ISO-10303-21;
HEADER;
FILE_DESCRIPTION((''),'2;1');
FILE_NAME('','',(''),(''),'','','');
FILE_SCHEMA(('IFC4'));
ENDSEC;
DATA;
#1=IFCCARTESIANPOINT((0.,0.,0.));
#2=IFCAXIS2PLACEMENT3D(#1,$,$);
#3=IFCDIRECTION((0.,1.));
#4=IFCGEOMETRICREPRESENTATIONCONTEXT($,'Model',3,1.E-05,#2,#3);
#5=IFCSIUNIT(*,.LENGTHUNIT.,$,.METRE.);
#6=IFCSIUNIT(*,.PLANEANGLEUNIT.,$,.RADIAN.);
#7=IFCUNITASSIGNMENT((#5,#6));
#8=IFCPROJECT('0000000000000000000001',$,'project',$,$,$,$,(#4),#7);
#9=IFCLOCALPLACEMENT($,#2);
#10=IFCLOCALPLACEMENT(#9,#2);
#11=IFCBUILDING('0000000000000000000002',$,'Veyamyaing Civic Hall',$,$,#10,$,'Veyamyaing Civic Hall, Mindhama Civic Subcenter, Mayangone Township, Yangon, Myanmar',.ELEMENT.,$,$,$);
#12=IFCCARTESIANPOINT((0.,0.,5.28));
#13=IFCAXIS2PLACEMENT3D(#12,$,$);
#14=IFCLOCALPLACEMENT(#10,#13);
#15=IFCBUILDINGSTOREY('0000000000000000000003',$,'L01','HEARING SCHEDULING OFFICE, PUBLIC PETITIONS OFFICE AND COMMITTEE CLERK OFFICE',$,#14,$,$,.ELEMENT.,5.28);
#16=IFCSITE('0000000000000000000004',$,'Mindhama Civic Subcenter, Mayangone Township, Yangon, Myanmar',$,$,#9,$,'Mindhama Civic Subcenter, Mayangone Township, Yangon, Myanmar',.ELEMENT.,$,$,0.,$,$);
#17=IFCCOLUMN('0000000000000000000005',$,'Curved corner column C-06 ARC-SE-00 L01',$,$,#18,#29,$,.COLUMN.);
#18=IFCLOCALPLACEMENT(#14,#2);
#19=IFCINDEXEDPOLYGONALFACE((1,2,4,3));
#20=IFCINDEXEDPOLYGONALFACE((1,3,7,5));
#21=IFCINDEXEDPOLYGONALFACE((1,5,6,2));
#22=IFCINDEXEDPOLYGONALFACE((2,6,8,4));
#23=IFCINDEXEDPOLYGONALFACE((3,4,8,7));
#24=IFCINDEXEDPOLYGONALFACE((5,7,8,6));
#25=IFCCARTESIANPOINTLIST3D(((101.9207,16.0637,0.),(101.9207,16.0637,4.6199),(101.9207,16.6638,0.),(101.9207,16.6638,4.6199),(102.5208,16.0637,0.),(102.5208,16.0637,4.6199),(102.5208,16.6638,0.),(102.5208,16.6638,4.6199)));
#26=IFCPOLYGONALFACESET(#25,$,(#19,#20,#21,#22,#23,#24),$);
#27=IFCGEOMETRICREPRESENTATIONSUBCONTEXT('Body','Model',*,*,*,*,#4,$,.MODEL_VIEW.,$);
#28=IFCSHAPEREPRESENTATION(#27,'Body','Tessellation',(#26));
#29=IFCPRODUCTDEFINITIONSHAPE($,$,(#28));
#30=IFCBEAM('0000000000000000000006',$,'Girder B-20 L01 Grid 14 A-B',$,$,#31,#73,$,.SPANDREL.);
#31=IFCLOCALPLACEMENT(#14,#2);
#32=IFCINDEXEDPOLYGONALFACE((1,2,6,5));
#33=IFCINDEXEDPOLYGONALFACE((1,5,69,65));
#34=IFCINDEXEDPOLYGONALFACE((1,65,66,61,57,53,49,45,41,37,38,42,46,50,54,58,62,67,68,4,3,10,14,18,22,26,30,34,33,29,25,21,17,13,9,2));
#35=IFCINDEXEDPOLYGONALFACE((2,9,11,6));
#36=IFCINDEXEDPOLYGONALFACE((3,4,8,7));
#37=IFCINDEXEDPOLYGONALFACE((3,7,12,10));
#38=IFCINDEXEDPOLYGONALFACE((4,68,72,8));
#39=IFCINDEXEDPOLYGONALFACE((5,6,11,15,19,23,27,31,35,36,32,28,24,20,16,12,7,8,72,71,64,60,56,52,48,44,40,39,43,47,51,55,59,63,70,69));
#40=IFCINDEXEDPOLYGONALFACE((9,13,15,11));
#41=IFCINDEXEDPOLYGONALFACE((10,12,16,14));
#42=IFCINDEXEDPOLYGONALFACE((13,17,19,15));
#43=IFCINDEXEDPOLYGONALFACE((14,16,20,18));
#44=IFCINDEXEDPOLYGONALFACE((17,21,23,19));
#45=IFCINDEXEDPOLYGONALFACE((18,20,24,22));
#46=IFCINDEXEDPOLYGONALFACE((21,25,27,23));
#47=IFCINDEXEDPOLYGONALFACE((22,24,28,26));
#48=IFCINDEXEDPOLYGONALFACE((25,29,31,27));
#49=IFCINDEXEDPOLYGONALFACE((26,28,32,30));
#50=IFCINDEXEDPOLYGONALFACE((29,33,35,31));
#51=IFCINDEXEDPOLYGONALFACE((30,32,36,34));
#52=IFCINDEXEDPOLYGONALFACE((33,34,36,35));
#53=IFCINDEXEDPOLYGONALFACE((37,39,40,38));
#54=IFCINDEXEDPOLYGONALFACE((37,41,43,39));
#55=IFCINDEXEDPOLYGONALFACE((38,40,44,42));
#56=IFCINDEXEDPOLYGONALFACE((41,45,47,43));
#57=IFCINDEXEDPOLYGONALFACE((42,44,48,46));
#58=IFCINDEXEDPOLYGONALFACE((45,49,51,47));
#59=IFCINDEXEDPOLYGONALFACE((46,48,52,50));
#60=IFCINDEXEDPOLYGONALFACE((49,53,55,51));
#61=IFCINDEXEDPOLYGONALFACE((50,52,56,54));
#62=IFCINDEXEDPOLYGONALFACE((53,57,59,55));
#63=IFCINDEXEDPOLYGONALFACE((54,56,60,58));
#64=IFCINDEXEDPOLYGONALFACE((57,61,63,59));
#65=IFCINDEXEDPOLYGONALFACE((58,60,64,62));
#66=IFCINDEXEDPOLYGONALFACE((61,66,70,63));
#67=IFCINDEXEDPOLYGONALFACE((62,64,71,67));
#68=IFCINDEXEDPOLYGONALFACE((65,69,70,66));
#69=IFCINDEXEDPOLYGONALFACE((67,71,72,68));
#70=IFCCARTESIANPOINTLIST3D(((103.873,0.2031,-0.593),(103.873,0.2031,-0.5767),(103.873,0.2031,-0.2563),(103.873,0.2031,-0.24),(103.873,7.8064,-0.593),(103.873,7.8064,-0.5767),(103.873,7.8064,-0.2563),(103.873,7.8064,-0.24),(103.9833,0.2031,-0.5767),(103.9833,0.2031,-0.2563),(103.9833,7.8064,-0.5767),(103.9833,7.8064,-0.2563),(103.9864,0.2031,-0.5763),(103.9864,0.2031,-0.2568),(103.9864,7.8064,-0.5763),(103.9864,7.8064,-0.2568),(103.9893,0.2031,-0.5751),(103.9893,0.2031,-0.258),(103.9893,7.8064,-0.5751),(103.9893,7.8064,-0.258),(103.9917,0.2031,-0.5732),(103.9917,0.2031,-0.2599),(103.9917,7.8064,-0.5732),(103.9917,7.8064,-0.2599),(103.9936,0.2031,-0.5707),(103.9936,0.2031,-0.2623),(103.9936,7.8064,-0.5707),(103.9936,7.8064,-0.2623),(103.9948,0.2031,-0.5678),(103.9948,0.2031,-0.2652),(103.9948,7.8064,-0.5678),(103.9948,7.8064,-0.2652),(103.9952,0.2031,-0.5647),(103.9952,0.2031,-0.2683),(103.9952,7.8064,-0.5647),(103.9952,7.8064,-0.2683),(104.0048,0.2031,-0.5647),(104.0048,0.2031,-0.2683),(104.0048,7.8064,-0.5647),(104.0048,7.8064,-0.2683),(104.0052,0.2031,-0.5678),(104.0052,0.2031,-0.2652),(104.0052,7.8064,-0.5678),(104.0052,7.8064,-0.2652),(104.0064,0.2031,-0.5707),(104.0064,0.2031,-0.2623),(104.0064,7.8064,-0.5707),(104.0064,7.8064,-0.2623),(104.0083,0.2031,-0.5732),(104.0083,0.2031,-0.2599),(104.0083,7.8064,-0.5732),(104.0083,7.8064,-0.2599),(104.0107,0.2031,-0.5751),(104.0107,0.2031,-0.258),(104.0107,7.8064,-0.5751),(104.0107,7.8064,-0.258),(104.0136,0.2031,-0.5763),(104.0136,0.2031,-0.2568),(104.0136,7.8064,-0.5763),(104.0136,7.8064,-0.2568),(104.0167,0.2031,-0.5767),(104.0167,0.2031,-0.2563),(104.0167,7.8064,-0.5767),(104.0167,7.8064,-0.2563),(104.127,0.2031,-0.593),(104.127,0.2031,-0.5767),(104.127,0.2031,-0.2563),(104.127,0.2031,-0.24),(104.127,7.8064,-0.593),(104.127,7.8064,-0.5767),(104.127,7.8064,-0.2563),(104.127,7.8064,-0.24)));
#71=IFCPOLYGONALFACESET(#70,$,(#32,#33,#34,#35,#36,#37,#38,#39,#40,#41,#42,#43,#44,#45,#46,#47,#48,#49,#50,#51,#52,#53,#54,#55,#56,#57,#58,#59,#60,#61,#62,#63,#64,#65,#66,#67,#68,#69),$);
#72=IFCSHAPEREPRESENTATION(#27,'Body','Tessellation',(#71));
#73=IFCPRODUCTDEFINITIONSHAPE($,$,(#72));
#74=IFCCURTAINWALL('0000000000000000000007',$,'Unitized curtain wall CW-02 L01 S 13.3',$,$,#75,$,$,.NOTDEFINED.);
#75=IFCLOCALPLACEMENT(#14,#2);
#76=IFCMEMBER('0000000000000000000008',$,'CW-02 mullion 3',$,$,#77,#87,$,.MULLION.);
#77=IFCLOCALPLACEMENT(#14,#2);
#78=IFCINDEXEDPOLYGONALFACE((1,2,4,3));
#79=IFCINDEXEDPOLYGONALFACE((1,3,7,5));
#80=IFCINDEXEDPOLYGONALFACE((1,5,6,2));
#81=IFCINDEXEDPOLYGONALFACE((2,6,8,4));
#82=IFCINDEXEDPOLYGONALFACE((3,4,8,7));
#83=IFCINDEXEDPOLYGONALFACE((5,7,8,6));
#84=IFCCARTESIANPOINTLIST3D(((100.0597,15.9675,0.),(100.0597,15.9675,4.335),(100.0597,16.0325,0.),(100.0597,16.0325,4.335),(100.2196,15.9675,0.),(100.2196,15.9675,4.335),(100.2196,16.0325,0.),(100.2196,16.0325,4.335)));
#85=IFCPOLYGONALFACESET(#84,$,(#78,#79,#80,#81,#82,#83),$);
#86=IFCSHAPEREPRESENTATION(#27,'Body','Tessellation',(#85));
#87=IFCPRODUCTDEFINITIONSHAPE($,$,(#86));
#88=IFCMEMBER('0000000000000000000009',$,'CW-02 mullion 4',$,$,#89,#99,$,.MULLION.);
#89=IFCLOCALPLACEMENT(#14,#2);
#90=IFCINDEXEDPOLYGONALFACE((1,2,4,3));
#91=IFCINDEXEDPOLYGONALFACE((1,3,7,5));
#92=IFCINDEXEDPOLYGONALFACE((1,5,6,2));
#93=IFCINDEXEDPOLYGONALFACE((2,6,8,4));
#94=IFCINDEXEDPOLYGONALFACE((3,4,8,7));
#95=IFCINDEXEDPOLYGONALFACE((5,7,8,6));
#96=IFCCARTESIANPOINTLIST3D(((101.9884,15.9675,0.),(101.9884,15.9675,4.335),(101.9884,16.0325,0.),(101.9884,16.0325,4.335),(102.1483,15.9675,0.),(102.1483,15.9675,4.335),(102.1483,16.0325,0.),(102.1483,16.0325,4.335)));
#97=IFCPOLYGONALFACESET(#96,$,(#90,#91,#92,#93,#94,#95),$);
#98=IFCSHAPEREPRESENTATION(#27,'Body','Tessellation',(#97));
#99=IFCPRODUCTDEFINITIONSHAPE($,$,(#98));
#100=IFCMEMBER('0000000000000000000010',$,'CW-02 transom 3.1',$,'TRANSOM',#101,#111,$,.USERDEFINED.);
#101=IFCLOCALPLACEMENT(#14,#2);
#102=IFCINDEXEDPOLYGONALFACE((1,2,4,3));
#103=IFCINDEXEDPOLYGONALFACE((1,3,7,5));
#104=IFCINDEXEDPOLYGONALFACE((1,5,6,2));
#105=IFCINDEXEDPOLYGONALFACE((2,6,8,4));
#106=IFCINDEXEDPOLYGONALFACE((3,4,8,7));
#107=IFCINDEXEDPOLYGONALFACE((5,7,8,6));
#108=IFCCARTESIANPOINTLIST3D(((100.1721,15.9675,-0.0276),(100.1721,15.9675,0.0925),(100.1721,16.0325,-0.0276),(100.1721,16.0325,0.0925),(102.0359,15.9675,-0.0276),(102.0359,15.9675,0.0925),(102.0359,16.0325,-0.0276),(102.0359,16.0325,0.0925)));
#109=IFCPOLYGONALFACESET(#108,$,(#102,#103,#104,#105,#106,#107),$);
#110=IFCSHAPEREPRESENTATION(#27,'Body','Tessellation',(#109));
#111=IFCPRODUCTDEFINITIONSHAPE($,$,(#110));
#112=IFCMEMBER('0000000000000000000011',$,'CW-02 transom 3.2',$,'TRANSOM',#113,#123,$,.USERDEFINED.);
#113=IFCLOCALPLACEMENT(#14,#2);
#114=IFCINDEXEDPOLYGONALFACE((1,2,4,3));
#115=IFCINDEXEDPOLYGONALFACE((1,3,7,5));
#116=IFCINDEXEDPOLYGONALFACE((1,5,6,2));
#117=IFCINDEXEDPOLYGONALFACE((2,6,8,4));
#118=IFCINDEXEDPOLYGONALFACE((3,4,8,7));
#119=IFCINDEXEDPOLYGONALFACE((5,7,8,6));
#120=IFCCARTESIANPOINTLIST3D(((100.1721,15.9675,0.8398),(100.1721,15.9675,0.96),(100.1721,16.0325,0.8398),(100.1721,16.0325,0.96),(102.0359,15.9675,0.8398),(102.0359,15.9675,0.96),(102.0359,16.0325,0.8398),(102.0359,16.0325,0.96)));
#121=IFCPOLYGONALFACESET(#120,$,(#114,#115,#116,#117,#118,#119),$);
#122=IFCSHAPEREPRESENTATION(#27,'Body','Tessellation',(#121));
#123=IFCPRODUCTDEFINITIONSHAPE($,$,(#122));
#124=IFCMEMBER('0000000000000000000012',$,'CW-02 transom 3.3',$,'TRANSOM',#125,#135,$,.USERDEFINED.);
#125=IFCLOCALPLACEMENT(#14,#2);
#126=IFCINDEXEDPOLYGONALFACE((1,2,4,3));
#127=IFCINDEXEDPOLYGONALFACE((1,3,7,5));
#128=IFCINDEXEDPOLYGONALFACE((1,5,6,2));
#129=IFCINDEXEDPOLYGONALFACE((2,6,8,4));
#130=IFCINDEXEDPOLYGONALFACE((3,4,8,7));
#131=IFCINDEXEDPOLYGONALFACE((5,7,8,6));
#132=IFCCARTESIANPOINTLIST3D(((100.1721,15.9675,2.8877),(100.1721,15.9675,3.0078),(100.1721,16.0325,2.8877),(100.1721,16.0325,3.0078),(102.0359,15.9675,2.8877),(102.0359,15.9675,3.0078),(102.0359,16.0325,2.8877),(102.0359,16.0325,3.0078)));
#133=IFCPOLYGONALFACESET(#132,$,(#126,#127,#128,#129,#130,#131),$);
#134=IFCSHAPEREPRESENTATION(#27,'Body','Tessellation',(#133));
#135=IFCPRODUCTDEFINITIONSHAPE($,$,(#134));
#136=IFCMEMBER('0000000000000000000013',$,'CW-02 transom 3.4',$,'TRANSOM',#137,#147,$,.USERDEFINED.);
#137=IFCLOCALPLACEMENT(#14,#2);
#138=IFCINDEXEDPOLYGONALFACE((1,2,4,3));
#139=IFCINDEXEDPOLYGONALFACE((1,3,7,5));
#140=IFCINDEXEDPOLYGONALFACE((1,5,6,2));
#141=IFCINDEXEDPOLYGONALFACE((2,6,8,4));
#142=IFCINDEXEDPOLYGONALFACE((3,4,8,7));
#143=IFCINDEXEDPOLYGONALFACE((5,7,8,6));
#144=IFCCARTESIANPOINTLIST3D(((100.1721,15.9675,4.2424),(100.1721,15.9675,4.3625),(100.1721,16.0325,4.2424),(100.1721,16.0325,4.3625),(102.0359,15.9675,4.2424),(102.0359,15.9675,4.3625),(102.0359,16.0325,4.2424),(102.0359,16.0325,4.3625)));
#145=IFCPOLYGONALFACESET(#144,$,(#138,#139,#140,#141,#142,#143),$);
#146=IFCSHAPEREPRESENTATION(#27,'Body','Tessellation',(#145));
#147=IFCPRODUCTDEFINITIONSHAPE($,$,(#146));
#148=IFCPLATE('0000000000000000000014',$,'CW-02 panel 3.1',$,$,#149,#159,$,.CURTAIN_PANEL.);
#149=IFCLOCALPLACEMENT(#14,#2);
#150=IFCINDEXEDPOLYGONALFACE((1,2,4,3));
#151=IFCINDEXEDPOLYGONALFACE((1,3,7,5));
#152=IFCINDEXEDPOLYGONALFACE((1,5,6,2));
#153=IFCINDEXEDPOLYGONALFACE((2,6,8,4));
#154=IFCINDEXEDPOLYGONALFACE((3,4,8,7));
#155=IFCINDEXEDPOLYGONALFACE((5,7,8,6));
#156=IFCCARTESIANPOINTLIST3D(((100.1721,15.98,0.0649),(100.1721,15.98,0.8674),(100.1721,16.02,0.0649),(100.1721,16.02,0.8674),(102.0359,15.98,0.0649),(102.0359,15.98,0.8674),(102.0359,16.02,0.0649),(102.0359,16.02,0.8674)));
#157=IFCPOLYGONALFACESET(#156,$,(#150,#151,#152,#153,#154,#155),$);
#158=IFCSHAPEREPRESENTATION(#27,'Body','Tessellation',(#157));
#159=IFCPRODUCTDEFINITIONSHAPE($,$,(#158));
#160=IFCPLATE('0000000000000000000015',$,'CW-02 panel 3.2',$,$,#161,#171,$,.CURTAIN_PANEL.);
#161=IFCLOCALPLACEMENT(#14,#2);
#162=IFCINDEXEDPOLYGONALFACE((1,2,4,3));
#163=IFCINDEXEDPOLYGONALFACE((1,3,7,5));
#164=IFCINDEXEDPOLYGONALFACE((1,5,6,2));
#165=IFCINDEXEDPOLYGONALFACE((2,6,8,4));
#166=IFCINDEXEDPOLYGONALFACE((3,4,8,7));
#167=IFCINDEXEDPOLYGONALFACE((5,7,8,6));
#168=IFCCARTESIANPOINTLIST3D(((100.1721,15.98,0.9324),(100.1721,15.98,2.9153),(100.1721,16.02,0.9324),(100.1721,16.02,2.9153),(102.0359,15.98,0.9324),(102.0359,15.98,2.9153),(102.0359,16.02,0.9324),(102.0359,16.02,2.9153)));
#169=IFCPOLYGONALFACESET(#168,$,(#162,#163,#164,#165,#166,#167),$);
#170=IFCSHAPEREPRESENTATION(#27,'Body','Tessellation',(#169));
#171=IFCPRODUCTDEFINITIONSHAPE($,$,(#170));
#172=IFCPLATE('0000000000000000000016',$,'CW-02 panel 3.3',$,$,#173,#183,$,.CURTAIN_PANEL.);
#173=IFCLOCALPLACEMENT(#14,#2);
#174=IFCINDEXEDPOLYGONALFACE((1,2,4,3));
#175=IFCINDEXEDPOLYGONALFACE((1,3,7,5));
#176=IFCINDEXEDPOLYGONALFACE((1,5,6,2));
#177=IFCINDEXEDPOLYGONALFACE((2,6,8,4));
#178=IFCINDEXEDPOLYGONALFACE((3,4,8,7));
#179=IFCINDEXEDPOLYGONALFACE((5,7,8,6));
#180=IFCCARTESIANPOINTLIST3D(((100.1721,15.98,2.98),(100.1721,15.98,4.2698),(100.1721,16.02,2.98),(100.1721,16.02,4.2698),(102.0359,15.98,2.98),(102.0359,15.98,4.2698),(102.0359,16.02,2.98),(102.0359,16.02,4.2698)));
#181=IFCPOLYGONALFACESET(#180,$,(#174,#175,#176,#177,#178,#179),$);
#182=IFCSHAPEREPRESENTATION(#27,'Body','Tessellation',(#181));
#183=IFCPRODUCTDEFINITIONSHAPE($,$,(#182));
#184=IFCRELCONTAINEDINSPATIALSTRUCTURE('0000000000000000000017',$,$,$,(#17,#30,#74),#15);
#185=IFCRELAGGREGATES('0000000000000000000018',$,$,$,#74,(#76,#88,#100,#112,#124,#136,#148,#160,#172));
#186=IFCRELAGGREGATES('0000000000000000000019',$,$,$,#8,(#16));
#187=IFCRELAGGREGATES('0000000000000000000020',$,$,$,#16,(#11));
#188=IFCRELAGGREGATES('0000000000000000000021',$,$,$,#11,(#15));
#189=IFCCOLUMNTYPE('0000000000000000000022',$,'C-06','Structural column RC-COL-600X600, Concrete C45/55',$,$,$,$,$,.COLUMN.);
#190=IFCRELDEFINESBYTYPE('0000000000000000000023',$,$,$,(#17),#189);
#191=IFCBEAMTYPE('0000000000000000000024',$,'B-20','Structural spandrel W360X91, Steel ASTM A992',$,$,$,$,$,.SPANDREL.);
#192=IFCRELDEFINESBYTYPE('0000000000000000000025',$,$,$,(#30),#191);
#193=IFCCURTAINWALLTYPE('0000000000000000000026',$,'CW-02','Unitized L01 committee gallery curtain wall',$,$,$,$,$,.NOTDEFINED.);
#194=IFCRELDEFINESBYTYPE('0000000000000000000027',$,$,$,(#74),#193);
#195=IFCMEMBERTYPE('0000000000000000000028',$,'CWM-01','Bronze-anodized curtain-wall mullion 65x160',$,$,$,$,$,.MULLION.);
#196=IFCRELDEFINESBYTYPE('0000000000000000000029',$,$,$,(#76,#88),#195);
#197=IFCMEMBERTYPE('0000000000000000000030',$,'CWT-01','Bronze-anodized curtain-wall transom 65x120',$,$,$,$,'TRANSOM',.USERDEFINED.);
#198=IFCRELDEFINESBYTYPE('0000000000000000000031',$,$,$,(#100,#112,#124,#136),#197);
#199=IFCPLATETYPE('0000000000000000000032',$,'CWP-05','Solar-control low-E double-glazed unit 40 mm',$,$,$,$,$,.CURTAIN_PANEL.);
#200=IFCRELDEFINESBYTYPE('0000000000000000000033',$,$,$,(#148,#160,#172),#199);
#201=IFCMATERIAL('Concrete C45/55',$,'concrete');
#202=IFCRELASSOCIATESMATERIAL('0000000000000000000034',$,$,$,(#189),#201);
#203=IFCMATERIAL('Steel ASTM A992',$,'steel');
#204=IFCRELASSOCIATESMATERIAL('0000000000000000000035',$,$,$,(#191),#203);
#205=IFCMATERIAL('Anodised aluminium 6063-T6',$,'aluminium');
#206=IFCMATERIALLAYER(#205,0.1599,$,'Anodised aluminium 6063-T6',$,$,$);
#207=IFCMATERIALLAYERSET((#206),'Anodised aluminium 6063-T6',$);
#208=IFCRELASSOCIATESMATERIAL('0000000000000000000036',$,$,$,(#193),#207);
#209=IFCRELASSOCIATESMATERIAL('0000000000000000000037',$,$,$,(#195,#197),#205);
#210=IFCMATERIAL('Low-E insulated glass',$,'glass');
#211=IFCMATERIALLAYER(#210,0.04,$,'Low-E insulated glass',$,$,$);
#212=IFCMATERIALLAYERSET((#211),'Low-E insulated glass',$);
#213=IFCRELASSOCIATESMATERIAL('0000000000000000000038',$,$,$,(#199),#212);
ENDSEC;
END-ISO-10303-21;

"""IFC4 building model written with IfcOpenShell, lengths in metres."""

from ifc_helpers import new_model, si_unit, direction, frame, origin, origin_2d, place, context, subcontext, project, spatial, rectangle, i_section, extrude, material, layer, layer_set, material_profile, profile_set, type_object, element, aggregate, save


model = new_model("IFC4")

# Units and contexts
model_context = context("Model", 3, precision=1e-05, world=origin(), true_north=direction((0.0, 1.0)))
body_context = subcontext(model_context, "Body", "Model", "MODEL_VIEW")
ifc_project = project(units=[si_unit("LENGTHUNIT", "METRE"), si_unit("PLANEANGLEUNIT", "RADIAN")], contexts=[model_context])

# Site, building, storey
site_placement = place(None, origin())
site = spatial("IfcSite", under=ifc_project, at=site_placement, Name="Mindhama Civic Subcenter, Mayangone Township, Yangon, Myanmar", LongName="Mindhama Civic Subcenter, Mayangone Township, Yangon, Myanmar", CompositionType="ELEMENT", RefElevation=0.0)
building_placement = place(site_placement, origin())
building = spatial("IfcBuilding", under=site, at=building_placement, Name="Veyamyaing Civic Hall", LongName="Veyamyaing Civic Hall, Mindhama Civic Subcenter, Mayangone Township, Yangon, Myanmar", CompositionType="ELEMENT")
storey_placement = place(building_placement, frame((0.0, 0.0, 5.28)))
storey = spatial("IfcBuildingStorey", under=building, at=storey_placement, Name="L01", Description="HEARING SCHEDULING OFFICE, PUBLIC PETITIONS OFFICE AND COMMITTEE CLERK OFFICE", CompositionType="ELEMENT", Elevation=5.28)

# Column
ifc_material_1 = material(Name="Concrete C45/55", Category="concrete")
ifc_material_profile_1 = material_profile(ifc_material_1, rectangle(XDim=0.6001, YDim=0.6001, at=origin_2d()), Name="RC-COL-600X600")
ifc_profile_set_1 = profile_set([ifc_material_profile_1], Name="Concrete C45/55")
column_type = type_object("IfcColumnType", Name="C-06", Description="Structural column RC-COL-600X600, Concrete C45/55", PredefinedType="COLUMN", material=ifc_profile_set_1)
column_placement = place(storey_placement, frame((102.2207, 16.3638, 0.0), z_axis=(0.0, 0.0, 1.0), x_axis=(1.0, 0.0, 0.0)))
element("IfcColumn", 1, at=column_placement, inside=storey, type_object=column_type, Name="Curved corner column C-06 ARC-SE-00 L01", PredefinedType="COLUMN", context=body_context, shape_type="SweptSolid", body=[
    extrude(rectangle(XDim=0.6001, YDim=0.6001, at=origin_2d()), origin(), (0.0, 0.0, 1.0), 4.6199),
])

# Beam
ifc_material_2 = material(Name="Steel ASTM A992", Category="steel")
ifc_material_profile_2 = material_profile(ifc_material_2, i_section(OverallWidth=0.2539, OverallDepth=0.353, WebThickness=0.0095, FlangeThickness=0.0164, FilletRadius=0.012, at=origin_2d()), Name="W360X91")
ifc_profile_set_2 = profile_set([ifc_material_profile_2], Name="Steel ASTM A992")
beam_type = type_object("IfcBeamType", Name="B-20", Description="Structural spandrel W360X91, Steel ASTM A992", PredefinedType="SPANDREL", material=ifc_profile_set_2)
beam_placement = place(storey_placement, frame((104.0, 0.2031, -0.4165), z_axis=(0.0, 1.0, 0.0), x_axis=(-1.0, 0.0, 0.0)))
element("IfcBeam", 2, at=beam_placement, inside=storey, type_object=beam_type, Name="Girder B-20 L01 Grid 14 A-B", PredefinedType="SPANDREL", context=body_context, shape_type="SweptSolid", body=[
    extrude(i_section(OverallWidth=0.2539, OverallDepth=0.353, WebThickness=0.0095, FlangeThickness=0.0164, FilletRadius=0.012, at=origin_2d()), origin(), (0.0, 0.0, 1.0), 7.6033),
])

# Curtain wall, members, plates
ifc_material_3 = material(Name="Anodised aluminium 6063-T6", Category="aluminium")
ifc_layer_1 = layer(ifc_material_3, 0.1599, Name="Anodised aluminium 6063-T6")
ifc_layer_set_1 = layer_set([ifc_layer_1], Name="Anodised aluminium 6063-T6")
curtain_wall_type = type_object("IfcCurtainWallType", Name="CW-02", Description="Unitized L01 committee gallery curtain wall", PredefinedType="NOTDEFINED", material=ifc_layer_set_1)
curtain_wall_placement = place(storey_placement, origin())
curtain_wall = element("IfcCurtainWall", 3, at=curtain_wall_placement, inside=storey, type_object=curtain_wall_type, Name="Unitized curtain wall CW-02 L01 S 13.3", PredefinedType="NOTDEFINED")
ifc_material_profile_3 = material_profile(ifc_material_3, rectangle(XDim=0.0649, YDim=0.1599, at=origin_2d()), Name="ALU-MUL-65X160")
ifc_profile_set_3 = profile_set([ifc_material_profile_3], Name="Anodised aluminium 6063-T6")
member_type_1 = type_object("IfcMemberType", Name="CWM-01", Description="Bronze-anodized curtain-wall mullion 65x160", PredefinedType="MULLION", material=ifc_profile_set_3)
member_1_placement = place(storey_placement, frame((100.1396, 16.0, 0.0), z_axis=(0.0, 0.0, 1.0), x_axis=(0.0, 1.0, 0.0)))
member_1 = element("IfcMember", 4, at=member_1_placement, type_object=member_type_1, Name="CW-02 mullion 3", PredefinedType="MULLION", context=body_context, shape_type="SweptSolid", body=[
    extrude(rectangle(XDim=0.0649, YDim=0.1599, at=origin_2d()), origin(), (0.0, 0.0, 1.0), 4.335),
])
member_2_placement = place(storey_placement, frame((102.0684, 16.0, 0.0), z_axis=(0.0, 0.0, 1.0), x_axis=(0.0, 1.0, 0.0)))
member_2 = element("IfcMember", 5, at=member_2_placement, type_object=member_type_1, Name="CW-02 mullion 4", PredefinedType="MULLION", context=body_context, shape_type="SweptSolid", body=[
    extrude(rectangle(XDim=0.0649, YDim=0.1599, at=origin_2d()), origin(), (0.0, 0.0, 1.0), 4.335),
])
ifc_material_profile_4 = material_profile(ifc_material_3, rectangle(XDim=0.0649, YDim=0.1201, at=origin_2d()), Name="ALU-TRN-65X120")
ifc_profile_set_4 = profile_set([ifc_material_profile_4], Name="Anodised aluminium 6063-T6")
member_type_2 = type_object("IfcMemberType", Name="CWT-01", Description="Bronze-anodized curtain-wall transom 65x120", ElementType="TRANSOM", PredefinedType="USERDEFINED", material=ifc_profile_set_4)
member_3_placement = place(storey_placement, frame((100.1721, 16.0, 0.0325), z_axis=(1.0, 0.0, 0.0), x_axis=(0.0, 1.0, 0.0)))
member_3 = element("IfcMember", 6, at=member_3_placement, type_object=member_type_2, Name="CW-02 transom 3.1", ObjectType="TRANSOM", PredefinedType="USERDEFINED", context=body_context, shape_type="SweptSolid", body=[
    extrude(rectangle(XDim=0.0649, YDim=0.1201, at=origin_2d()), origin(), (0.0, 0.0, 1.0), 1.8638),
])
member_4_placement = place(storey_placement, frame((100.1721, 16.0, 0.8999), z_axis=(1.0, 0.0, 0.0), x_axis=(0.0, 1.0, 0.0)))
member_4 = element("IfcMember", 7, at=member_4_placement, type_object=member_type_2, Name="CW-02 transom 3.2", ObjectType="TRANSOM", PredefinedType="USERDEFINED", context=body_context, shape_type="SweptSolid", body=[
    extrude(rectangle(XDim=0.0649, YDim=0.1201, at=origin_2d()), origin(), (0.0, 0.0, 1.0), 1.8638),
])
member_5_placement = place(storey_placement, frame((100.1721, 16.0, 2.9478), z_axis=(1.0, 0.0, 0.0), x_axis=(0.0, 1.0, 0.0)))
member_5 = element("IfcMember", 8, at=member_5_placement, type_object=member_type_2, Name="CW-02 transom 3.3", ObjectType="TRANSOM", PredefinedType="USERDEFINED", context=body_context, shape_type="SweptSolid", body=[
    extrude(rectangle(XDim=0.0649, YDim=0.1201, at=origin_2d()), origin(), (0.0, 0.0, 1.0), 1.8638),
])
member_6_placement = place(storey_placement, frame((100.1721, 16.0, 4.3025), z_axis=(1.0, 0.0, 0.0), x_axis=(0.0, 1.0, 0.0)))
member_6 = element("IfcMember", 9, at=member_6_placement, type_object=member_type_2, Name="CW-02 transom 3.4", ObjectType="TRANSOM", PredefinedType="USERDEFINED", context=body_context, shape_type="SweptSolid", body=[
    extrude(rectangle(XDim=0.0649, YDim=0.1201, at=origin_2d()), origin(), (0.0, 0.0, 1.0), 1.8638),
])
ifc_material_4 = material(Name="Low-E insulated glass", Category="glass")
ifc_layer_2 = layer(ifc_material_4, 0.04, Name="Low-E insulated glass")
ifc_layer_set_2 = layer_set([ifc_layer_2], Name="Low-E insulated glass")
plate_type = type_object("IfcPlateType", Name="CWP-05", Description="Solar-control low-E double-glazed unit 40 mm", PredefinedType="CURTAIN_PANEL", material=ifc_layer_set_2)
plate_1_placement = place(storey_placement, frame((101.104, 16.0, 0.0649), z_axis=(0.0, 0.0, 1.0), x_axis=(1.0, 0.0, 0.0)))
plate_1 = element("IfcPlate", 10, at=plate_1_placement, type_object=plate_type, Name="CW-02 panel 3.1", PredefinedType="CURTAIN_PANEL", context=body_context, shape_type="SweptSolid", body=[
    extrude(rectangle(XDim=1.8638, YDim=0.04, at=origin_2d()), origin(), (0.0, 0.0, 1.0), 0.8025),
])
plate_2_placement = place(storey_placement, frame((101.104, 16.0, 0.9324), z_axis=(0.0, 0.0, 1.0), x_axis=(1.0, 0.0, 0.0)))
plate_2 = element("IfcPlate", 11, at=plate_2_placement, type_object=plate_type, Name="CW-02 panel 3.2", PredefinedType="CURTAIN_PANEL", context=body_context, shape_type="SweptSolid", body=[
    extrude(rectangle(XDim=1.8638, YDim=0.04, at=origin_2d()), origin(), (0.0, 0.0, 1.0), 1.9829),
])
plate_3_placement = place(storey_placement, frame((101.104, 16.0, 2.98), z_axis=(0.0, 0.0, 1.0), x_axis=(1.0, 0.0, 0.0)))
plate_3 = element("IfcPlate", 12, at=plate_3_placement, type_object=plate_type, Name="CW-02 panel 3.3", PredefinedType="CURTAIN_PANEL", context=body_context, shape_type="SweptSolid", body=[
    extrude(rectangle(XDim=1.8638, YDim=0.04, at=origin_2d()), origin(), (0.0, 0.0, 1.0), 1.2898),
])
aggregate(curtain_wall, [member_1, member_2, member_3, member_4, member_5, member_6, plate_1, plate_2, plate_3])

save(model, "model.ifc")
